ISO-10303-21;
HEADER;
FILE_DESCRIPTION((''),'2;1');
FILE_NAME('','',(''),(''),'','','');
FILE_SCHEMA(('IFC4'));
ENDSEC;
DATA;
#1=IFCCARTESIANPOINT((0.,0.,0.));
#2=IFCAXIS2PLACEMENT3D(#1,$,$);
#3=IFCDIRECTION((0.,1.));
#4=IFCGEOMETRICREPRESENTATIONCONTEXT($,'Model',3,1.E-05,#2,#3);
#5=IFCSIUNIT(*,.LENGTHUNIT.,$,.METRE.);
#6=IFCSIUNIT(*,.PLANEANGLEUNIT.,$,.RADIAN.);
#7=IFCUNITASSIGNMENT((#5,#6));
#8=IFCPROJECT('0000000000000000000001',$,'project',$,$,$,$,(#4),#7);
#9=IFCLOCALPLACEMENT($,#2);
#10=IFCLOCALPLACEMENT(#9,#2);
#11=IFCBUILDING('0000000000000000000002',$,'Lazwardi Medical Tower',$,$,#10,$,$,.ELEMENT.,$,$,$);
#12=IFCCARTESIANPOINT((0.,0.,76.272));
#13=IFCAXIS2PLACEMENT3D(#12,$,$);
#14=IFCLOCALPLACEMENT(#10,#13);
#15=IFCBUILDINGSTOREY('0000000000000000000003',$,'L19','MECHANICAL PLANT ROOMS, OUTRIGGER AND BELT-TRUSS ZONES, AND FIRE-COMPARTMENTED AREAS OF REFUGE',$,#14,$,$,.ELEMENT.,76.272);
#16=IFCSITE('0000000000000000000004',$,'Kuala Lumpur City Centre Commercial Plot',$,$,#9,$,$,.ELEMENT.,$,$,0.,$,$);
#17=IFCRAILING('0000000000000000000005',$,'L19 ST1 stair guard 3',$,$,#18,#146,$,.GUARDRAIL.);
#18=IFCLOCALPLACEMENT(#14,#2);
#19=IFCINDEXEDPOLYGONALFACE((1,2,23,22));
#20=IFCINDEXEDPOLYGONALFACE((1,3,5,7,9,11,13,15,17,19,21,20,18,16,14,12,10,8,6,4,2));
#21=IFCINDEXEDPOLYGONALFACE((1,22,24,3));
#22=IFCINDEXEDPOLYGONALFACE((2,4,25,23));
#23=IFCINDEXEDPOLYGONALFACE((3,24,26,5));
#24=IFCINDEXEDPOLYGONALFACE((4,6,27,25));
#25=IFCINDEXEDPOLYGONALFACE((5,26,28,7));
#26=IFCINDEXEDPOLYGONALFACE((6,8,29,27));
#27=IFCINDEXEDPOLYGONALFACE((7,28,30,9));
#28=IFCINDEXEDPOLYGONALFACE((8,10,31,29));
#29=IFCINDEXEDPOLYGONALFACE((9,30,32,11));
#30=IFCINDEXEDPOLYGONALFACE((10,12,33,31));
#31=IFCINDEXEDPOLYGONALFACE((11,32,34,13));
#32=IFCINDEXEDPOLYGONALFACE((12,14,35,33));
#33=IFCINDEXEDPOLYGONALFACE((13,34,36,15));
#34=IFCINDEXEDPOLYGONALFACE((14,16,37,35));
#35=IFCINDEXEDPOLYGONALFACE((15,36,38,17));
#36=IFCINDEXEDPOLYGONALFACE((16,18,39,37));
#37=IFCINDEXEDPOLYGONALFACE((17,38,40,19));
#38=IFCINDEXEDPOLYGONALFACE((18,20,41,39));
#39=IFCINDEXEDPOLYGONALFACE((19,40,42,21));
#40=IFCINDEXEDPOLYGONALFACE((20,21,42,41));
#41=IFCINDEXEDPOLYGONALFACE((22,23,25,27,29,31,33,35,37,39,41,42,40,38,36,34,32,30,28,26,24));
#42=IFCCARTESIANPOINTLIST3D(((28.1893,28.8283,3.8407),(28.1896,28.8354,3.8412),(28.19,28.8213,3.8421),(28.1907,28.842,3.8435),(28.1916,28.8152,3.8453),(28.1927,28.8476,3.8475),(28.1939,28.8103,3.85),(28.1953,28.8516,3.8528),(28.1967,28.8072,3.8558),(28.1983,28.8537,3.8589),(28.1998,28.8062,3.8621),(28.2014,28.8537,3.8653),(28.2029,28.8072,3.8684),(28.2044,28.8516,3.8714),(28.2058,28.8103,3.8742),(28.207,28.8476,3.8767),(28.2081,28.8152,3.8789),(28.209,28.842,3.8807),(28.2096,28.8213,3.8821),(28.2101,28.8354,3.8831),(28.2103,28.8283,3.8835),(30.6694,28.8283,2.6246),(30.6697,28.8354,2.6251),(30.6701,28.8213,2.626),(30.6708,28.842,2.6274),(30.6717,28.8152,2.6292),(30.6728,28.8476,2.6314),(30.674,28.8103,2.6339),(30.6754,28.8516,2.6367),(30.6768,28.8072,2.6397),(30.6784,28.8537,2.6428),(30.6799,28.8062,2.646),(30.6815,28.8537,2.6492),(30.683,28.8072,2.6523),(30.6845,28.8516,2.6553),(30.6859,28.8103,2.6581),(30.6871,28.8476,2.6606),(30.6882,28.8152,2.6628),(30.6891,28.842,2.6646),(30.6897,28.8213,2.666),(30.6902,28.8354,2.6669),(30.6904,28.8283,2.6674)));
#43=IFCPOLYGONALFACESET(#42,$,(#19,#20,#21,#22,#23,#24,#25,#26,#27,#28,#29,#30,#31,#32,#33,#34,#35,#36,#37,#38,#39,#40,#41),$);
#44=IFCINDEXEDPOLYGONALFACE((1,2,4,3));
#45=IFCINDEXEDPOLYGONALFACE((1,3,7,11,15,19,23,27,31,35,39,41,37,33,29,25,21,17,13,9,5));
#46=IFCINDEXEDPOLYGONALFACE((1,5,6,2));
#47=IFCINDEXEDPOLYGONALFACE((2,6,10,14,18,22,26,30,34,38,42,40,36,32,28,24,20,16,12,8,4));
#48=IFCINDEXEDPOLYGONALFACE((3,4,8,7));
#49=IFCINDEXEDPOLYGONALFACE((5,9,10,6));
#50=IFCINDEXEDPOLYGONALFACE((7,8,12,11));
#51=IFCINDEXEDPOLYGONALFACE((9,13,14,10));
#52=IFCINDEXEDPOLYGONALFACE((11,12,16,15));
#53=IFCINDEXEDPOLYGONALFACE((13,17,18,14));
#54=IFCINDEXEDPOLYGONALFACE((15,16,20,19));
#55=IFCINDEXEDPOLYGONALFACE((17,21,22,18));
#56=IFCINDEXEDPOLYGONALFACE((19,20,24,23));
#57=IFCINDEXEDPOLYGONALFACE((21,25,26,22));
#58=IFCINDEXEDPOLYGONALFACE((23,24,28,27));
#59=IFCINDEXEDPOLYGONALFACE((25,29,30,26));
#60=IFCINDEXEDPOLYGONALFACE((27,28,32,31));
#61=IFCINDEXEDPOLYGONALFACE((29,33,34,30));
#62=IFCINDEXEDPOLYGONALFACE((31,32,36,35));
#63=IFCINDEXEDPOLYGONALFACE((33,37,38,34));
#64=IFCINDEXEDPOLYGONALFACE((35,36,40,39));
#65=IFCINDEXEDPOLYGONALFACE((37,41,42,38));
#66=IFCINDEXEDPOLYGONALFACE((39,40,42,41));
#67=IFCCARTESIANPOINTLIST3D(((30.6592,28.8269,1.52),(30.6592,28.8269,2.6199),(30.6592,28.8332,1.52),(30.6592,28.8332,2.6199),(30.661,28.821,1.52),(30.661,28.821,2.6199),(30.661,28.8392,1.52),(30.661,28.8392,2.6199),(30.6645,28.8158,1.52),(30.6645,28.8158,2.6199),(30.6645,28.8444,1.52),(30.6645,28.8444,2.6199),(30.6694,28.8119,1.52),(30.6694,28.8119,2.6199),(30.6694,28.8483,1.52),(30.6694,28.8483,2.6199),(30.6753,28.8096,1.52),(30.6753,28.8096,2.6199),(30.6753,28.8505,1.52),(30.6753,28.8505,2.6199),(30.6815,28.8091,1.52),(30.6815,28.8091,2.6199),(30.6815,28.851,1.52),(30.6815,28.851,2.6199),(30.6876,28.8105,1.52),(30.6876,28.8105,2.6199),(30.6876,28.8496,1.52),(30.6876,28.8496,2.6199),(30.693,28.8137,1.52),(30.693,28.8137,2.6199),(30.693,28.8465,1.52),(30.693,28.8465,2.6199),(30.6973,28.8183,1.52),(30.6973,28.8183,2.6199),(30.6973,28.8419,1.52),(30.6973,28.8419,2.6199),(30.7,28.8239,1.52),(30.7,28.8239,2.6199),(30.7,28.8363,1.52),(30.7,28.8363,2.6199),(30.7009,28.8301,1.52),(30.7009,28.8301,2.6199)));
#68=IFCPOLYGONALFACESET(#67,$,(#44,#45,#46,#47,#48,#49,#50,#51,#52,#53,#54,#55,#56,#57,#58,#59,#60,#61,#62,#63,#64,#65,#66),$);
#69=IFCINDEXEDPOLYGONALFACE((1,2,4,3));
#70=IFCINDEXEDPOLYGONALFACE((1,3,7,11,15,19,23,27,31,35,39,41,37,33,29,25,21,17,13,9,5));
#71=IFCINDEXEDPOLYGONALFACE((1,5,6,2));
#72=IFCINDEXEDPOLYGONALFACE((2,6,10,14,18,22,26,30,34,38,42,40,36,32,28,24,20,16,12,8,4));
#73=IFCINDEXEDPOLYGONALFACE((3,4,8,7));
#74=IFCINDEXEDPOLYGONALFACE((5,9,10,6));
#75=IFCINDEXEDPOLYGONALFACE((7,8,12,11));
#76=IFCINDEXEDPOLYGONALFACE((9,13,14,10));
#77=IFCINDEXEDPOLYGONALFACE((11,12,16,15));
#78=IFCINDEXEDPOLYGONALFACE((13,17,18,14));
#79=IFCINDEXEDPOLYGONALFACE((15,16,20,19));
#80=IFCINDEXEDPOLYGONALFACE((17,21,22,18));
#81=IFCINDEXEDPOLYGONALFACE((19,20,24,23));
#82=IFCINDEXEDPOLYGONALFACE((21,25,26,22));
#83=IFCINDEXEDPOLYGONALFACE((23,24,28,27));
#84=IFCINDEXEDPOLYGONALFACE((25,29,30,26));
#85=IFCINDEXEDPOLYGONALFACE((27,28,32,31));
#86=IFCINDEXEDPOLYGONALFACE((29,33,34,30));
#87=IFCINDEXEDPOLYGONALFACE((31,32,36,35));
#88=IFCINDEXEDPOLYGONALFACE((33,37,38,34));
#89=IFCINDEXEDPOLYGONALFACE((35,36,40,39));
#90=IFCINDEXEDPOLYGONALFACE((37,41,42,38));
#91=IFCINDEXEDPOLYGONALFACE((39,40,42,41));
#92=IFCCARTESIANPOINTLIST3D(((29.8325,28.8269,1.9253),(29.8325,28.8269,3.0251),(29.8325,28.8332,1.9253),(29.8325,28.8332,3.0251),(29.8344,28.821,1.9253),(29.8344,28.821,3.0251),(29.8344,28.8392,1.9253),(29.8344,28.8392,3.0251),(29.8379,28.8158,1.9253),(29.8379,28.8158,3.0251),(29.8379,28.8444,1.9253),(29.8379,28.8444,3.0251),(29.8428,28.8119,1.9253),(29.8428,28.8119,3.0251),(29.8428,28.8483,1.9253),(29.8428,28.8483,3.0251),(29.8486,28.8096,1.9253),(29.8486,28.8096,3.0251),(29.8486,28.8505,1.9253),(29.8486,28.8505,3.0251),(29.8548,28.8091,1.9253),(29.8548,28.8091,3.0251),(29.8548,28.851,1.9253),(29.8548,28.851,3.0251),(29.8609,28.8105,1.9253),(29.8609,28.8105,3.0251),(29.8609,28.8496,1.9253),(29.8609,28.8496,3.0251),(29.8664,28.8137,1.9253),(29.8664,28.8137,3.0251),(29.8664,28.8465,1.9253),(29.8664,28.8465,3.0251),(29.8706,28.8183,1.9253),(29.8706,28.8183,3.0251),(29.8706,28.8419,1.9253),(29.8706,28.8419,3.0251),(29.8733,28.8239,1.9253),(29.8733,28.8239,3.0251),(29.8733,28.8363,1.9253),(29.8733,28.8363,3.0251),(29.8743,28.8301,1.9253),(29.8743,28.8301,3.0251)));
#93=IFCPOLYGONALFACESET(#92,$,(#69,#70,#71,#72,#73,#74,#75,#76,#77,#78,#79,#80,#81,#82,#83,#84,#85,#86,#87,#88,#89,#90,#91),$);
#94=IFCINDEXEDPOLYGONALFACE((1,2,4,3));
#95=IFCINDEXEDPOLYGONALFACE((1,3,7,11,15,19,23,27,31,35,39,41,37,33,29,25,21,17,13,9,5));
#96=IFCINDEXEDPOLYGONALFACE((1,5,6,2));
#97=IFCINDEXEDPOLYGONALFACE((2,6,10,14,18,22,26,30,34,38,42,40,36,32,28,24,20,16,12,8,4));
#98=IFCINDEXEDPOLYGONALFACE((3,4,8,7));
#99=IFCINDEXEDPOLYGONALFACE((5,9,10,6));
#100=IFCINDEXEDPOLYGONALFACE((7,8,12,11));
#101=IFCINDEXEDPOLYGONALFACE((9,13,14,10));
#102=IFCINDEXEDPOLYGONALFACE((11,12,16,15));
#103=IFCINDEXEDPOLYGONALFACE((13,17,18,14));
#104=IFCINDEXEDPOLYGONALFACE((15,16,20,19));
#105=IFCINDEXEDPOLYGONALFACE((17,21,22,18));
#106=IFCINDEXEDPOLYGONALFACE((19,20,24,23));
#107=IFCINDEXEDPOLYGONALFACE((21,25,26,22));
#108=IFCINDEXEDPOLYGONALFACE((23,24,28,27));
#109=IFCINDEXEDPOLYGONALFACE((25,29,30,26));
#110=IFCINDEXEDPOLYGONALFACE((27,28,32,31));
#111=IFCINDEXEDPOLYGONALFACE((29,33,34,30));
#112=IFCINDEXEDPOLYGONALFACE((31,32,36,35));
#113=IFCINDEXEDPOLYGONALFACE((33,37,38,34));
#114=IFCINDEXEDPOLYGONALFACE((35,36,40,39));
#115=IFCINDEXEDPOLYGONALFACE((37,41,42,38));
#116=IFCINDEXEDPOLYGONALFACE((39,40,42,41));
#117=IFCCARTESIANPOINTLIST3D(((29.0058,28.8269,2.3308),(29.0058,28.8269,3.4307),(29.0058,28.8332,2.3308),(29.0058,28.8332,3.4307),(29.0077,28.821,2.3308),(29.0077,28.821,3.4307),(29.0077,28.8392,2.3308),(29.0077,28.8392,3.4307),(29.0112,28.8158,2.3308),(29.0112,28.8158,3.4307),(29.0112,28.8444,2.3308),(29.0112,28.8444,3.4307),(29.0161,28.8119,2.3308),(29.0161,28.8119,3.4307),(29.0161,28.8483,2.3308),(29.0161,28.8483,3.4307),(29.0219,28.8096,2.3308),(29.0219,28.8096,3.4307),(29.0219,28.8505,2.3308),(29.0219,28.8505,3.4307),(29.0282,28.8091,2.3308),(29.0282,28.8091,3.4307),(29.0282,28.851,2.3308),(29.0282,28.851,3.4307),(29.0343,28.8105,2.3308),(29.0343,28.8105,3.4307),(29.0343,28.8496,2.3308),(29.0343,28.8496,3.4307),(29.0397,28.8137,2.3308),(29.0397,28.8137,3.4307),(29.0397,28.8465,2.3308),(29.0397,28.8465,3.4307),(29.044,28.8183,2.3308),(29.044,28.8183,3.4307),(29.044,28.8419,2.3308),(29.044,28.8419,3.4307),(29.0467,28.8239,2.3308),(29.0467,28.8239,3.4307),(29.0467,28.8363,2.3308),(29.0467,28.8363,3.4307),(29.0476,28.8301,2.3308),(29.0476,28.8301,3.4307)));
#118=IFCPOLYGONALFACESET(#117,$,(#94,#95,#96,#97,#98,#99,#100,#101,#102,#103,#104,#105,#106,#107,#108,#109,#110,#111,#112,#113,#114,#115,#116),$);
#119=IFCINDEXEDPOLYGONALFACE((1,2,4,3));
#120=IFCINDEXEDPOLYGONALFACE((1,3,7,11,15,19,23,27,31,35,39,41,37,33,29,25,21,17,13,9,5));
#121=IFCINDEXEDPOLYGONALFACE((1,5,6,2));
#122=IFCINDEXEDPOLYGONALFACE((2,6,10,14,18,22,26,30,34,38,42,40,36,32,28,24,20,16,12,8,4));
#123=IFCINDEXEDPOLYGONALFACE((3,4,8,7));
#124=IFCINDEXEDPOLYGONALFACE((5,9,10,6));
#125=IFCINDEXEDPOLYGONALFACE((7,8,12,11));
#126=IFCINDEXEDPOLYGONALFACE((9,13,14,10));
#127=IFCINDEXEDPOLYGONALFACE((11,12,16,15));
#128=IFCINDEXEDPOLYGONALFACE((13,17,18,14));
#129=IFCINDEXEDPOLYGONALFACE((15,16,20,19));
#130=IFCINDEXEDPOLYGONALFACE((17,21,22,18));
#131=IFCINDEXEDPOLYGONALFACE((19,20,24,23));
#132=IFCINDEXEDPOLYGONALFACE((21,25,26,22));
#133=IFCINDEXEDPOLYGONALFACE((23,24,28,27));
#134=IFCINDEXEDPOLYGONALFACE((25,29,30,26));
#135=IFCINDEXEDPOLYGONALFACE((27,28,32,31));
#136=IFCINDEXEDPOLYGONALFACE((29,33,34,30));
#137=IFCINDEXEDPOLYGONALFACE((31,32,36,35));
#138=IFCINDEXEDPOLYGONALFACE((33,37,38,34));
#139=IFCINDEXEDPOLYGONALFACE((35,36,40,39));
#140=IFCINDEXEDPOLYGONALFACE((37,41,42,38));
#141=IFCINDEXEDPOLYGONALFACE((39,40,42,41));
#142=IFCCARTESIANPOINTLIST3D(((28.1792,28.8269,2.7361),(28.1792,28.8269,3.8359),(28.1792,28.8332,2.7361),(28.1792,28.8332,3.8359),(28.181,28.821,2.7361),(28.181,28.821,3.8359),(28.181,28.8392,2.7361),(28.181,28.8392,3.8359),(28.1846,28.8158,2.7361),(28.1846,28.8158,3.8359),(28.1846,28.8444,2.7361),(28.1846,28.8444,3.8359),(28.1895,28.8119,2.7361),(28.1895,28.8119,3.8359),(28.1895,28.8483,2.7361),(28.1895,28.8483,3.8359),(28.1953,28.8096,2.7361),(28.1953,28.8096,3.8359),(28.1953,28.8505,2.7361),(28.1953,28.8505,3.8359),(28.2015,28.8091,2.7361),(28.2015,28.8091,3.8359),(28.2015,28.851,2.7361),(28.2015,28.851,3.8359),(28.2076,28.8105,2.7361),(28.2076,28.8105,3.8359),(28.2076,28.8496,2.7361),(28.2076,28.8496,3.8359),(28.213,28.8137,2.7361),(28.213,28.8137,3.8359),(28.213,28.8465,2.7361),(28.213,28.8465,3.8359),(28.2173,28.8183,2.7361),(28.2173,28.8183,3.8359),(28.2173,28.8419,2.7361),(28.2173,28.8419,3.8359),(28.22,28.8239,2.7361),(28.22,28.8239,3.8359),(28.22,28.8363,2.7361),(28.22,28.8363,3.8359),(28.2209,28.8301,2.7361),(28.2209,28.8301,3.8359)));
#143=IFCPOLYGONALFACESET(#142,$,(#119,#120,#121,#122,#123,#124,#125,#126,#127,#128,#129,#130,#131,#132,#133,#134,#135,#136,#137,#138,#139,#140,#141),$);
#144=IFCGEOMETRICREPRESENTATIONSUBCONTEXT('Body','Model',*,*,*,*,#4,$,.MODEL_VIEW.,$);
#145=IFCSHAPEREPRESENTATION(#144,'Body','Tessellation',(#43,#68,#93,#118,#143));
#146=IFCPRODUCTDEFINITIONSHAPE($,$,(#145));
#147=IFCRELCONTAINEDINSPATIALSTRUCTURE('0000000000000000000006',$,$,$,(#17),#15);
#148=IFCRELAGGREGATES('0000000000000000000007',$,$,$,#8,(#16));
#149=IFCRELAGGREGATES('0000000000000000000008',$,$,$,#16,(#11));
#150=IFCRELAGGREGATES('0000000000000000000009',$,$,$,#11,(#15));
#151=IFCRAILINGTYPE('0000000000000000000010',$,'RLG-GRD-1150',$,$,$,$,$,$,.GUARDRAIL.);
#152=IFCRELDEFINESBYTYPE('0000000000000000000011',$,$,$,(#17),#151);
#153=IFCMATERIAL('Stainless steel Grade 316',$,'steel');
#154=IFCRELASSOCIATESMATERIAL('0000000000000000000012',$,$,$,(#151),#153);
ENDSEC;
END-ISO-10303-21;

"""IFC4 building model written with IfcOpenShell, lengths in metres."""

from ifc_helpers import new_model, si_unit, direction, frame, origin, origin_2d, place, context, subcontext, project, spatial, circle, extrude, material, type_object, element, save


model = new_model("IFC4")

# Units and contexts
model_context = context("Model", 3, precision=1e-05, world=origin(), true_north=direction((0.0, 1.0)))
body_context = subcontext(model_context, "Body", "Model", "MODEL_VIEW")
ifc_project = project(units=[si_unit("LENGTHUNIT", "METRE"), si_unit("PLANEANGLEUNIT", "RADIAN")], contexts=[model_context])

# Site, building, storey
site_placement = place(None, origin())
site = spatial("IfcSite", under=ifc_project, at=site_placement, Name="Kuala Lumpur City Centre Commercial Plot", CompositionType="ELEMENT", RefElevation=0.0)
building_placement = place(site_placement, origin())
building = spatial("IfcBuilding", under=site, at=building_placement, Name="Lazwardi Medical Tower", CompositionType="ELEMENT")
storey_placement = place(building_placement, frame((0.0, 0.0, 76.272)))
storey = spatial("IfcBuildingStorey", under=building, at=storey_placement, Name="L19", Description="MECHANICAL PLANT ROOMS, OUTRIGGER AND BELT-TRUSS ZONES, AND FIRE-COMPARTMENTED AREAS OF REFUGE", CompositionType="ELEMENT", Elevation=76.272)

# Railing
ifc_material_1 = material(Name="Stainless steel Grade 316", Category="steel")
railing_type_1 = type_object("IfcRailingType", Name="RLG-GRD-1150", PredefinedType="GUARDRAIL", material=ifc_material_1)
railing_1_placement = place(storey_placement, frame((30.6799, 28.8301, 1.52)))
element("IfcRailing", 1, at=railing_1_placement, inside=storey, type_object=railing_type_1, Name="L19 ST1 stair guard 3", PredefinedType="GUARDRAIL", context=body_context, shape_type="SweptSolid", body=[
    extrude(circle(Radius=0.0239, at=origin_2d()), frame((0.0, 0.0, 1.126), z_axis=(-0.897865, 0.0, 0.44027), x_axis=(0.0, -1.0, 0.0)), (0.0, 0.0, 1.0), 2.7622),
    extrude(circle(Radius=0.021, at=origin_2d()), origin(), (0.0, 0.0, 1.0), 1.0999),
    extrude(circle(Radius=0.021, at=origin_2d()), frame((-0.8267, 0.0, 0.4053)), (0.0, 0.0, 1.0), 1.0999),
    extrude(circle(Radius=0.021, at=origin_2d()), frame((-1.6533, 0.0, 0.8108)), (0.0, 0.0, 1.0), 1.0999),
    extrude(circle(Radius=0.021, at=origin_2d()), frame((-2.48, 0.0, 1.2161)), (0.0, 0.0, 1.0), 1.0999),
])

save(model, "model.ifc")
